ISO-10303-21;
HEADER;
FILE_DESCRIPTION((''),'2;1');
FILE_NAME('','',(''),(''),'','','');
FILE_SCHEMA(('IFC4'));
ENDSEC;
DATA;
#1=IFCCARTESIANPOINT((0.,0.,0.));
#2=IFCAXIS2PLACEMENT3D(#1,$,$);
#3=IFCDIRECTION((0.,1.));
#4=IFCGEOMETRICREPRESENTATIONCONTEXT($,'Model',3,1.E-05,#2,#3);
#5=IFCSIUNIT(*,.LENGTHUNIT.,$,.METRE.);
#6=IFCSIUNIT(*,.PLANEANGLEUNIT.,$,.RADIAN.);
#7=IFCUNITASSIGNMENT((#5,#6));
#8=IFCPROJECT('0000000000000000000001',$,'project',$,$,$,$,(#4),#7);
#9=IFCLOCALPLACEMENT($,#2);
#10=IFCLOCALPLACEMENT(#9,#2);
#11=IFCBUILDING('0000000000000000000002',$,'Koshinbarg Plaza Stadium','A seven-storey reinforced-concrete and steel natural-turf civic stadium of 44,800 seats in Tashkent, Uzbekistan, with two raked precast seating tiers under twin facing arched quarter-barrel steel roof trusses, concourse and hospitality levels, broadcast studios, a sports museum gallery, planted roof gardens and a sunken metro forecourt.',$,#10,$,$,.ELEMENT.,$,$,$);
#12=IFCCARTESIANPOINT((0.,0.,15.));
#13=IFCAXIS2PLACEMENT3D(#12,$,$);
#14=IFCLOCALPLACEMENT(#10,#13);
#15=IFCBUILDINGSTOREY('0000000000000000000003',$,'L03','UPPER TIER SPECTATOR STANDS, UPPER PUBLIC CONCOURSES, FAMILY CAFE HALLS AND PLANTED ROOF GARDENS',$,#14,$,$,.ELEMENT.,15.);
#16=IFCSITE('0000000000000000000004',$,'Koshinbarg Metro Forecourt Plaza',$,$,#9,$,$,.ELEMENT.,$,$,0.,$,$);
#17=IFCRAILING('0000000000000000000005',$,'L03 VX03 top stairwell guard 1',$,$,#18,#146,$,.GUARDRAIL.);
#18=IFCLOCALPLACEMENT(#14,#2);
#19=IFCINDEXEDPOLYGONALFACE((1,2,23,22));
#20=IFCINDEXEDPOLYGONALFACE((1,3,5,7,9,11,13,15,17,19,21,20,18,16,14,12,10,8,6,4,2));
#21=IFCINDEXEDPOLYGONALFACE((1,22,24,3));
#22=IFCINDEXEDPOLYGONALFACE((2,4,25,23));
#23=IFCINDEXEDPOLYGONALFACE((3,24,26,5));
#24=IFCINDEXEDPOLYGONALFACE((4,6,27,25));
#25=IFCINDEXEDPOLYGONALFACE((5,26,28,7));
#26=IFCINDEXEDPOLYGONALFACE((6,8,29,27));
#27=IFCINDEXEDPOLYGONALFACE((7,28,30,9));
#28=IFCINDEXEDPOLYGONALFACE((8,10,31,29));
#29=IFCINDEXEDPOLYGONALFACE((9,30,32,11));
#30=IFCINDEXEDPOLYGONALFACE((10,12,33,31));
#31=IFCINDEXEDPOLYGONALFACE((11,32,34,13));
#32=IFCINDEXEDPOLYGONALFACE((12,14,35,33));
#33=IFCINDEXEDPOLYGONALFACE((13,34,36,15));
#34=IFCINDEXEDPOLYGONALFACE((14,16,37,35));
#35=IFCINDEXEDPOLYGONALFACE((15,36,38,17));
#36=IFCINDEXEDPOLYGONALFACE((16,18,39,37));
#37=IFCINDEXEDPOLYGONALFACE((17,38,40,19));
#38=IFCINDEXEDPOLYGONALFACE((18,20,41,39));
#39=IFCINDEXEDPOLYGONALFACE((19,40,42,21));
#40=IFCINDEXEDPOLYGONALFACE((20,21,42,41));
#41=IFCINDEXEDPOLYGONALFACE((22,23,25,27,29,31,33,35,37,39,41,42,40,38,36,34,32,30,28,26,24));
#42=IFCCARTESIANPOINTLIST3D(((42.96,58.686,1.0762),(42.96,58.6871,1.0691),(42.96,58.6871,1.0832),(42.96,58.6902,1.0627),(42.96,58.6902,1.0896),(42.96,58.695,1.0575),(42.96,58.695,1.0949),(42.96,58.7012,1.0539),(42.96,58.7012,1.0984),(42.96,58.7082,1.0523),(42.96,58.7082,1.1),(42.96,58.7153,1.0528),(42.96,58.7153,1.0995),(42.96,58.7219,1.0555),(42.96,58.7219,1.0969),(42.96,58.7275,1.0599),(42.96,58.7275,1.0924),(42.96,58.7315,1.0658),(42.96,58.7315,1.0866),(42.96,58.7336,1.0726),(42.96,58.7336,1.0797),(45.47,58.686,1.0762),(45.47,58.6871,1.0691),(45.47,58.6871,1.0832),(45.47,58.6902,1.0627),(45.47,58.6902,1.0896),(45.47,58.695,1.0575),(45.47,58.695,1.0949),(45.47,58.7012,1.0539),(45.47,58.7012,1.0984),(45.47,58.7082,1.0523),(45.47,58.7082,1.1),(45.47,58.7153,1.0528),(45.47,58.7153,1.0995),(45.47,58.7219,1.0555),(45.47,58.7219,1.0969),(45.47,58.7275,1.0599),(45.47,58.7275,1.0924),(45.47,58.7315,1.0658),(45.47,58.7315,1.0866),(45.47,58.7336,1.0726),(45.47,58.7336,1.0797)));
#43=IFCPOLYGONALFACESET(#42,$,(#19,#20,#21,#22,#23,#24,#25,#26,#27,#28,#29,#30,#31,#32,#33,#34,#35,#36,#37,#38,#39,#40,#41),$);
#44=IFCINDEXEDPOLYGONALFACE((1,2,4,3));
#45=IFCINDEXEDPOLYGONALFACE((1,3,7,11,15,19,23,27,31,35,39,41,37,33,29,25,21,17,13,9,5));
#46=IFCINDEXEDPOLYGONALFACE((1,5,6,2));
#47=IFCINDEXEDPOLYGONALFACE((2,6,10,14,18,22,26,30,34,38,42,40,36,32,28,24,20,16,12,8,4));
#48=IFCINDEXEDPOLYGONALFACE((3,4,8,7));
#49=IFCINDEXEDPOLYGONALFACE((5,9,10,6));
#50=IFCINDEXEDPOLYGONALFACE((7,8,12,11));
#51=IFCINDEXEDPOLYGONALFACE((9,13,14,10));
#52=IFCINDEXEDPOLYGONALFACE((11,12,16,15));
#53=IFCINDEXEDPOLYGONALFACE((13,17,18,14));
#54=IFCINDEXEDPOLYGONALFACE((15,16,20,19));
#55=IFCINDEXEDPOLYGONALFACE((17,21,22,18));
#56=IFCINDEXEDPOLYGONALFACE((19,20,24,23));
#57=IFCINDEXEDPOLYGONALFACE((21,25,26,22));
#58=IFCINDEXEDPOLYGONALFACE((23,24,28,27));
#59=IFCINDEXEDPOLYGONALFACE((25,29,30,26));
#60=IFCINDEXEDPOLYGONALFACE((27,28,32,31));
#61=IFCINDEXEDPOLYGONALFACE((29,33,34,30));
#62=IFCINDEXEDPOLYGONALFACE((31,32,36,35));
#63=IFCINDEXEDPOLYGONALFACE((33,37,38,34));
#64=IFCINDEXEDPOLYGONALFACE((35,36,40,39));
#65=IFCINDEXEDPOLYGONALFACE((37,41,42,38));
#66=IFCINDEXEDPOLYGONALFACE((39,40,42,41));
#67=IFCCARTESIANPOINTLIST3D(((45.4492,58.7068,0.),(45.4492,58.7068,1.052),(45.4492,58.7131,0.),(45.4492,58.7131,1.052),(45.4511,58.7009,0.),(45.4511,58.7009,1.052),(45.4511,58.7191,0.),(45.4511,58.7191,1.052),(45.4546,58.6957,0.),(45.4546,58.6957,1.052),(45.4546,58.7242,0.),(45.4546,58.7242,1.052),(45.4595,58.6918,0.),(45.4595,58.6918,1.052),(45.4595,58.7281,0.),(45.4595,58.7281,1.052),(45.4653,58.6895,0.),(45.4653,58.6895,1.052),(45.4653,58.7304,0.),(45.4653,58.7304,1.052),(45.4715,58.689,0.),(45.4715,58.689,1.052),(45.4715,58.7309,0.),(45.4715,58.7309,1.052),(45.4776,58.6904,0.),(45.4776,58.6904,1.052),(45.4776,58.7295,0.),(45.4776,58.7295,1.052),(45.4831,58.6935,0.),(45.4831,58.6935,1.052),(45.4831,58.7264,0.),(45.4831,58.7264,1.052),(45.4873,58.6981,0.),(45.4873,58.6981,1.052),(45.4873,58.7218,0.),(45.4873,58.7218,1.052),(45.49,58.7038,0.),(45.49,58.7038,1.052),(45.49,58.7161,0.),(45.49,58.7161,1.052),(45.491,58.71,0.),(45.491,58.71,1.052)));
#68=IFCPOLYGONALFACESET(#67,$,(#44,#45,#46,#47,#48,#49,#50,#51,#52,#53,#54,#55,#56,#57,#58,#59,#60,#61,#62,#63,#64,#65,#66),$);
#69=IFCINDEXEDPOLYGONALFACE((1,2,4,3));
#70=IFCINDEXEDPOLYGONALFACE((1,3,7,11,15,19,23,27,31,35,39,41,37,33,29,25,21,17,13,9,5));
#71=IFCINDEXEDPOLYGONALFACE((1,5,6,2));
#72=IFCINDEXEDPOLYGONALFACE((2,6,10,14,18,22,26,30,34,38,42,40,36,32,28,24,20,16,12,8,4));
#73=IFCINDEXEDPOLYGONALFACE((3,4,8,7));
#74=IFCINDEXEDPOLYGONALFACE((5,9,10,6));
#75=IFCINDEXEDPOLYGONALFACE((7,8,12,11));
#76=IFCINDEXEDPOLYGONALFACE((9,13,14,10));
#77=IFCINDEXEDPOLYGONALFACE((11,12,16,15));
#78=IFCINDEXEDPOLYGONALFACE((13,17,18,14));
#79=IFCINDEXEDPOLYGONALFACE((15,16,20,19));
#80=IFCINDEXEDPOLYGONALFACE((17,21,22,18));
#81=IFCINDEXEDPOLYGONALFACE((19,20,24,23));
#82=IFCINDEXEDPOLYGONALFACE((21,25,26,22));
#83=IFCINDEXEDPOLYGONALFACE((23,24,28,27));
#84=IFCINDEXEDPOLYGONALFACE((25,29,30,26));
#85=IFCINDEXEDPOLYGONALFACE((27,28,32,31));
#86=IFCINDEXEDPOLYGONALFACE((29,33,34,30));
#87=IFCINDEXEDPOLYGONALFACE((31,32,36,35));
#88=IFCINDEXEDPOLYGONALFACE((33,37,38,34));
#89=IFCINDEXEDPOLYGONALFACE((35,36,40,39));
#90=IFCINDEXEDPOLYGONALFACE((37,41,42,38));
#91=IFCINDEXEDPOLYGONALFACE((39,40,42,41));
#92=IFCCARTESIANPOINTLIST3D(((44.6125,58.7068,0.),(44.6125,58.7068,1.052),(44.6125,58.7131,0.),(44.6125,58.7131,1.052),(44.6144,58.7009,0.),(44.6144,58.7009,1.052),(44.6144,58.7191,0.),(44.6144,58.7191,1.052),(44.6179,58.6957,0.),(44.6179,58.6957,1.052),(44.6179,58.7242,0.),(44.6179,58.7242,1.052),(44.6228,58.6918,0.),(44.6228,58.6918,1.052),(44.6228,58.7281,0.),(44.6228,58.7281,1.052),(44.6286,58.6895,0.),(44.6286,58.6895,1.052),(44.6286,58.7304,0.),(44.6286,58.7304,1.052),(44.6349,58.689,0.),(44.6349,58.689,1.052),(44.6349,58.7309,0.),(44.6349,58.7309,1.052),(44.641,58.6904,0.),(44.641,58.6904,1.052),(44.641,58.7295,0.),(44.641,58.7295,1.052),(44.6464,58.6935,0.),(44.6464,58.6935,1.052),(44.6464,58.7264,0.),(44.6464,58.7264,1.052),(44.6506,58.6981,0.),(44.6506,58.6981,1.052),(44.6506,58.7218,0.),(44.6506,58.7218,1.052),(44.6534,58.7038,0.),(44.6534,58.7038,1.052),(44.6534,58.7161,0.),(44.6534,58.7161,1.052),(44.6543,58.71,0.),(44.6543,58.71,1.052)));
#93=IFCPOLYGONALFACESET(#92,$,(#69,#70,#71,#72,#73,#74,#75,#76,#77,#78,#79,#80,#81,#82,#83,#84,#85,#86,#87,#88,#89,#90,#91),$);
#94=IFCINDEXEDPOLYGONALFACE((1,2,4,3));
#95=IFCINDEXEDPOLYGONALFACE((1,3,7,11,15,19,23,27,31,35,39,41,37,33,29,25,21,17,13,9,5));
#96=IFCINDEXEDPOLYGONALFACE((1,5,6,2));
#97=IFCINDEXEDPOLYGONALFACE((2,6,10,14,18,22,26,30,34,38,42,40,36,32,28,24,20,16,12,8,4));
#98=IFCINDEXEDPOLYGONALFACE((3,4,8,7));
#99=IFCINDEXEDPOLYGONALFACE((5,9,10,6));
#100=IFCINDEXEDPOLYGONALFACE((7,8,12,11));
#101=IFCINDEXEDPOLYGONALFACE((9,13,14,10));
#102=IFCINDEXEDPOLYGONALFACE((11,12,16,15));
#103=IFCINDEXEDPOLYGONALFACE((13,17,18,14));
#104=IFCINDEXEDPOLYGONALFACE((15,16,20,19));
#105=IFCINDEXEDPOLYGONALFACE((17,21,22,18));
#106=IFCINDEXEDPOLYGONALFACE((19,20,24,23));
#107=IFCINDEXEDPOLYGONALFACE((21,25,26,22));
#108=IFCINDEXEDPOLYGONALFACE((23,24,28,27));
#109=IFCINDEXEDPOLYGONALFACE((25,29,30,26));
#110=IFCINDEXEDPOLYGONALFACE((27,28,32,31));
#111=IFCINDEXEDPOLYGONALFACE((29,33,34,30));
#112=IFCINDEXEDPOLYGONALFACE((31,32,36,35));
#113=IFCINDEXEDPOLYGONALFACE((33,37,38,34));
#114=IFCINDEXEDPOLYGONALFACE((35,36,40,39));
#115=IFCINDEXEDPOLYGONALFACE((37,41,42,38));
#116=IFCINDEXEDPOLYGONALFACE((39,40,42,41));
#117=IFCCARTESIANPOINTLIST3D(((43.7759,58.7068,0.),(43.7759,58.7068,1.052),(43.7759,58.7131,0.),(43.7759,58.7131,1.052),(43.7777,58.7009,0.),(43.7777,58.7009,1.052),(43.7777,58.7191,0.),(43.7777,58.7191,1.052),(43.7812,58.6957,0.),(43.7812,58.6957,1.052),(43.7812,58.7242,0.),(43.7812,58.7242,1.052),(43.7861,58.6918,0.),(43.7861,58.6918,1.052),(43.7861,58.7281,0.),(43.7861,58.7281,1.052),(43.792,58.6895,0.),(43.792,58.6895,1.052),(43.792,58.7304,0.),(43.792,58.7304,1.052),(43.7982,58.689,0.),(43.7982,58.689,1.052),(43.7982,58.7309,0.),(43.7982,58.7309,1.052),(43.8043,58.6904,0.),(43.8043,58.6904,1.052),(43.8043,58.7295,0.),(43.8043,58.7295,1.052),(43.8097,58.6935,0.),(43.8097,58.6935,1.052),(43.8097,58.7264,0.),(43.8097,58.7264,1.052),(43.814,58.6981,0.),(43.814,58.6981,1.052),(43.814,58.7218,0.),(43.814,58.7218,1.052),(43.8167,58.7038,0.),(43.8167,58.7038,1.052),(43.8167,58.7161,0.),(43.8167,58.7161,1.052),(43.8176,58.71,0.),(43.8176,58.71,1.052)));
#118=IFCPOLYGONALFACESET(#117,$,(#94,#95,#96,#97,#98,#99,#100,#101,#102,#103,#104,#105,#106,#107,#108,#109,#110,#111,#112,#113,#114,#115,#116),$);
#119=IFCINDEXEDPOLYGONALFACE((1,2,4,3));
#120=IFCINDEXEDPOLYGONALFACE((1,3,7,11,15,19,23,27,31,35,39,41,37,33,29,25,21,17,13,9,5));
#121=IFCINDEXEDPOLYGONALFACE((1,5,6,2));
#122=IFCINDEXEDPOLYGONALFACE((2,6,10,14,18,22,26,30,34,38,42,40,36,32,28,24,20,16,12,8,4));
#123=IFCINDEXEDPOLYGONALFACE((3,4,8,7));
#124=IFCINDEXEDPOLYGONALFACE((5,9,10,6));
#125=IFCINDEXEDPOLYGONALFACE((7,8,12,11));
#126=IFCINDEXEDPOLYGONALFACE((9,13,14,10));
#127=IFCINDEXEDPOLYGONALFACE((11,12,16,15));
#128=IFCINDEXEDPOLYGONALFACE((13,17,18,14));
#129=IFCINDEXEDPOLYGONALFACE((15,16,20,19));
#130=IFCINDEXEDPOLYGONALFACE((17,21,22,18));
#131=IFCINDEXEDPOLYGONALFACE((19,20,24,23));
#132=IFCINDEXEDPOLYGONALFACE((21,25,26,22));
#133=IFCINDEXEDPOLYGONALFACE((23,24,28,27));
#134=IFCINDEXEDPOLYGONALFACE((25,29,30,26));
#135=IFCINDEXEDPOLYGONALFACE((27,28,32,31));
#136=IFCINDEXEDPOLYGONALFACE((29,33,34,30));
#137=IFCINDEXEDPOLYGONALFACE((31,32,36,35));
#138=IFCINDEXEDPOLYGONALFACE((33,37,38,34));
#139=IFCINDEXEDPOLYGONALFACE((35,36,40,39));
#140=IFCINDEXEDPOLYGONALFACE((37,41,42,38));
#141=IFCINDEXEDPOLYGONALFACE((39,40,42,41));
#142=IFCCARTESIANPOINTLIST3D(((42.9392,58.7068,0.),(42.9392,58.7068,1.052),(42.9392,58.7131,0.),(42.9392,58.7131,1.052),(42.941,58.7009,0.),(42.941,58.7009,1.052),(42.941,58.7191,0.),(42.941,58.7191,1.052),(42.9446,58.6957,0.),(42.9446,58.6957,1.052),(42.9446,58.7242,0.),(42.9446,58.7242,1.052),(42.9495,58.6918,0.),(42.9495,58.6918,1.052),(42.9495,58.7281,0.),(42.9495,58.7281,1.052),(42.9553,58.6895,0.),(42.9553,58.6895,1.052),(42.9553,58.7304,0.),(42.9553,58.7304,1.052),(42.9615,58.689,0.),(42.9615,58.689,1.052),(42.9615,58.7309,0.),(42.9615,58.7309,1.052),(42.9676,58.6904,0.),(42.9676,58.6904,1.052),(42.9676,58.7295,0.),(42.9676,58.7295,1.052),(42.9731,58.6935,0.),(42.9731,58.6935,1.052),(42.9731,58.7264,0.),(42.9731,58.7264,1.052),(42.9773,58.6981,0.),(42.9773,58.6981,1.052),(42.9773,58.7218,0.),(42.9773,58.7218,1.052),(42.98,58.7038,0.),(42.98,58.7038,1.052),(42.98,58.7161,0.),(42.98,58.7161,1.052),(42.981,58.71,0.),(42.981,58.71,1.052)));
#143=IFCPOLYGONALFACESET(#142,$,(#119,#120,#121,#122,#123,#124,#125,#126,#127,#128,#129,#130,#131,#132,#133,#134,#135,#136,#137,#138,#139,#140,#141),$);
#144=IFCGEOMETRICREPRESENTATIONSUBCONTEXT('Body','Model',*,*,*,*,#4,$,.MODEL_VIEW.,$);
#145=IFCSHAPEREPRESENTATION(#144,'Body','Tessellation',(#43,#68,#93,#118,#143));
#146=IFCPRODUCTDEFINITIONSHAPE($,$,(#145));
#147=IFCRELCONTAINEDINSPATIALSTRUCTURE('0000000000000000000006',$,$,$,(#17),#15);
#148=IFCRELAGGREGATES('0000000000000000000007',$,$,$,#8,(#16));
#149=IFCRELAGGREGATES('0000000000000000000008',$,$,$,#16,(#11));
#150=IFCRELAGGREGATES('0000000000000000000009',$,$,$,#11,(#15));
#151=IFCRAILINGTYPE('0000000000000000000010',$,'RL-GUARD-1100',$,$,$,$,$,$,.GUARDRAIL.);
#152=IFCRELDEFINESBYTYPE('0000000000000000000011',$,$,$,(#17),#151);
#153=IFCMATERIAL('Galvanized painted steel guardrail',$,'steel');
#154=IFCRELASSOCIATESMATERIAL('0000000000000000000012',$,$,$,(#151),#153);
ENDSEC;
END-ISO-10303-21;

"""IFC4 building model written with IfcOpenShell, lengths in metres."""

from ifc_helpers import new_model, si_unit, direction, frame, origin, origin_2d, place, context, subcontext, project, spatial, circle, extrude, material, type_object, element, save


model = new_model("IFC4")

# Units and contexts
model_context = context("Model", 3, precision=1e-05, world=origin(), true_north=direction((0.0, 1.0)))
body_context = subcontext(model_context, "Body", "Model", "MODEL_VIEW")
ifc_project = project(units=[si_unit("LENGTHUNIT", "METRE"), si_unit("PLANEANGLEUNIT", "RADIAN")], contexts=[model_context])

# Site, building, storey
site_placement = place(None, origin())
site = spatial("IfcSite", under=ifc_project, at=site_placement, Name="Koshinbarg Metro Forecourt Plaza", CompositionType="ELEMENT", RefElevation=0.0)
building_placement = place(site_placement, origin())
building = spatial("IfcBuilding", under=site, at=building_placement, Name="Koshinbarg Plaza Stadium", Description="A seven-storey reinforced-concrete and steel natural-turf civic stadium of 44,800 seats in Tashkent, Uzbekistan, with two raked precast seating tiers under twin facing arched quarter-barrel steel roof trusses, concourse and hospitality levels, broadcast studios, a sports museum gallery, planted roof gardens and a sunken metro forecourt.", CompositionType="ELEMENT")
storey_placement = place(building_placement, frame((0.0, 0.0, 15.0)))
storey = spatial("IfcBuildingStorey", under=building, at=storey_placement, Name="L03", Description="UPPER TIER SPECTATOR STANDS, UPPER PUBLIC CONCOURSES, FAMILY CAFE HALLS AND PLANTED ROOF GARDENS", CompositionType="ELEMENT", Elevation=15.0)

# Railing
ifc_material_1 = material(Name="Galvanized painted steel guardrail", Category="steel")
railing_type = type_object("IfcRailingType", Name="RL-GUARD-1100", PredefinedType="GUARDRAIL", material=ifc_material_1)
for number, where, name in (
    (1, (45.47, 58.71, 0.0), "L03 VX03 top stairwell guard 1"),
):
    element("IfcRailing", number, at=place(storey_placement, frame(where)), inside=storey, type_object=railing_type, Name=name, PredefinedType="GUARDRAIL", context=body_context, shape_type="SweptSolid", body=[
        extrude(circle(Radius=0.0239, at=origin_2d()), frame((0.0, 0.0, 1.0762), z_axis=(-1.0, 0.0, 0.0), x_axis=(0.0, -1.0, 0.0)), (0.0, 0.0, 1.0), 2.51),
        extrude(circle(Radius=0.021, at=origin_2d()), origin(), (0.0, 0.0, 1.0), 1.052),
        extrude(circle(Radius=0.021, at=origin_2d()), frame((-0.8367, 0.0, 0.0)), (0.0, 0.0, 1.0), 1.052),
        extrude(circle(Radius=0.021, at=origin_2d()), frame((-1.6733, 0.0, 0.0)), (0.0, 0.0, 1.0), 1.052),
        extrude(circle(Radius=0.021, at=origin_2d()), frame((-2.51, 0.0, 0.0)), (0.0, 0.0, 1.0), 1.052),
    ])

save(model, "model.ifc")
